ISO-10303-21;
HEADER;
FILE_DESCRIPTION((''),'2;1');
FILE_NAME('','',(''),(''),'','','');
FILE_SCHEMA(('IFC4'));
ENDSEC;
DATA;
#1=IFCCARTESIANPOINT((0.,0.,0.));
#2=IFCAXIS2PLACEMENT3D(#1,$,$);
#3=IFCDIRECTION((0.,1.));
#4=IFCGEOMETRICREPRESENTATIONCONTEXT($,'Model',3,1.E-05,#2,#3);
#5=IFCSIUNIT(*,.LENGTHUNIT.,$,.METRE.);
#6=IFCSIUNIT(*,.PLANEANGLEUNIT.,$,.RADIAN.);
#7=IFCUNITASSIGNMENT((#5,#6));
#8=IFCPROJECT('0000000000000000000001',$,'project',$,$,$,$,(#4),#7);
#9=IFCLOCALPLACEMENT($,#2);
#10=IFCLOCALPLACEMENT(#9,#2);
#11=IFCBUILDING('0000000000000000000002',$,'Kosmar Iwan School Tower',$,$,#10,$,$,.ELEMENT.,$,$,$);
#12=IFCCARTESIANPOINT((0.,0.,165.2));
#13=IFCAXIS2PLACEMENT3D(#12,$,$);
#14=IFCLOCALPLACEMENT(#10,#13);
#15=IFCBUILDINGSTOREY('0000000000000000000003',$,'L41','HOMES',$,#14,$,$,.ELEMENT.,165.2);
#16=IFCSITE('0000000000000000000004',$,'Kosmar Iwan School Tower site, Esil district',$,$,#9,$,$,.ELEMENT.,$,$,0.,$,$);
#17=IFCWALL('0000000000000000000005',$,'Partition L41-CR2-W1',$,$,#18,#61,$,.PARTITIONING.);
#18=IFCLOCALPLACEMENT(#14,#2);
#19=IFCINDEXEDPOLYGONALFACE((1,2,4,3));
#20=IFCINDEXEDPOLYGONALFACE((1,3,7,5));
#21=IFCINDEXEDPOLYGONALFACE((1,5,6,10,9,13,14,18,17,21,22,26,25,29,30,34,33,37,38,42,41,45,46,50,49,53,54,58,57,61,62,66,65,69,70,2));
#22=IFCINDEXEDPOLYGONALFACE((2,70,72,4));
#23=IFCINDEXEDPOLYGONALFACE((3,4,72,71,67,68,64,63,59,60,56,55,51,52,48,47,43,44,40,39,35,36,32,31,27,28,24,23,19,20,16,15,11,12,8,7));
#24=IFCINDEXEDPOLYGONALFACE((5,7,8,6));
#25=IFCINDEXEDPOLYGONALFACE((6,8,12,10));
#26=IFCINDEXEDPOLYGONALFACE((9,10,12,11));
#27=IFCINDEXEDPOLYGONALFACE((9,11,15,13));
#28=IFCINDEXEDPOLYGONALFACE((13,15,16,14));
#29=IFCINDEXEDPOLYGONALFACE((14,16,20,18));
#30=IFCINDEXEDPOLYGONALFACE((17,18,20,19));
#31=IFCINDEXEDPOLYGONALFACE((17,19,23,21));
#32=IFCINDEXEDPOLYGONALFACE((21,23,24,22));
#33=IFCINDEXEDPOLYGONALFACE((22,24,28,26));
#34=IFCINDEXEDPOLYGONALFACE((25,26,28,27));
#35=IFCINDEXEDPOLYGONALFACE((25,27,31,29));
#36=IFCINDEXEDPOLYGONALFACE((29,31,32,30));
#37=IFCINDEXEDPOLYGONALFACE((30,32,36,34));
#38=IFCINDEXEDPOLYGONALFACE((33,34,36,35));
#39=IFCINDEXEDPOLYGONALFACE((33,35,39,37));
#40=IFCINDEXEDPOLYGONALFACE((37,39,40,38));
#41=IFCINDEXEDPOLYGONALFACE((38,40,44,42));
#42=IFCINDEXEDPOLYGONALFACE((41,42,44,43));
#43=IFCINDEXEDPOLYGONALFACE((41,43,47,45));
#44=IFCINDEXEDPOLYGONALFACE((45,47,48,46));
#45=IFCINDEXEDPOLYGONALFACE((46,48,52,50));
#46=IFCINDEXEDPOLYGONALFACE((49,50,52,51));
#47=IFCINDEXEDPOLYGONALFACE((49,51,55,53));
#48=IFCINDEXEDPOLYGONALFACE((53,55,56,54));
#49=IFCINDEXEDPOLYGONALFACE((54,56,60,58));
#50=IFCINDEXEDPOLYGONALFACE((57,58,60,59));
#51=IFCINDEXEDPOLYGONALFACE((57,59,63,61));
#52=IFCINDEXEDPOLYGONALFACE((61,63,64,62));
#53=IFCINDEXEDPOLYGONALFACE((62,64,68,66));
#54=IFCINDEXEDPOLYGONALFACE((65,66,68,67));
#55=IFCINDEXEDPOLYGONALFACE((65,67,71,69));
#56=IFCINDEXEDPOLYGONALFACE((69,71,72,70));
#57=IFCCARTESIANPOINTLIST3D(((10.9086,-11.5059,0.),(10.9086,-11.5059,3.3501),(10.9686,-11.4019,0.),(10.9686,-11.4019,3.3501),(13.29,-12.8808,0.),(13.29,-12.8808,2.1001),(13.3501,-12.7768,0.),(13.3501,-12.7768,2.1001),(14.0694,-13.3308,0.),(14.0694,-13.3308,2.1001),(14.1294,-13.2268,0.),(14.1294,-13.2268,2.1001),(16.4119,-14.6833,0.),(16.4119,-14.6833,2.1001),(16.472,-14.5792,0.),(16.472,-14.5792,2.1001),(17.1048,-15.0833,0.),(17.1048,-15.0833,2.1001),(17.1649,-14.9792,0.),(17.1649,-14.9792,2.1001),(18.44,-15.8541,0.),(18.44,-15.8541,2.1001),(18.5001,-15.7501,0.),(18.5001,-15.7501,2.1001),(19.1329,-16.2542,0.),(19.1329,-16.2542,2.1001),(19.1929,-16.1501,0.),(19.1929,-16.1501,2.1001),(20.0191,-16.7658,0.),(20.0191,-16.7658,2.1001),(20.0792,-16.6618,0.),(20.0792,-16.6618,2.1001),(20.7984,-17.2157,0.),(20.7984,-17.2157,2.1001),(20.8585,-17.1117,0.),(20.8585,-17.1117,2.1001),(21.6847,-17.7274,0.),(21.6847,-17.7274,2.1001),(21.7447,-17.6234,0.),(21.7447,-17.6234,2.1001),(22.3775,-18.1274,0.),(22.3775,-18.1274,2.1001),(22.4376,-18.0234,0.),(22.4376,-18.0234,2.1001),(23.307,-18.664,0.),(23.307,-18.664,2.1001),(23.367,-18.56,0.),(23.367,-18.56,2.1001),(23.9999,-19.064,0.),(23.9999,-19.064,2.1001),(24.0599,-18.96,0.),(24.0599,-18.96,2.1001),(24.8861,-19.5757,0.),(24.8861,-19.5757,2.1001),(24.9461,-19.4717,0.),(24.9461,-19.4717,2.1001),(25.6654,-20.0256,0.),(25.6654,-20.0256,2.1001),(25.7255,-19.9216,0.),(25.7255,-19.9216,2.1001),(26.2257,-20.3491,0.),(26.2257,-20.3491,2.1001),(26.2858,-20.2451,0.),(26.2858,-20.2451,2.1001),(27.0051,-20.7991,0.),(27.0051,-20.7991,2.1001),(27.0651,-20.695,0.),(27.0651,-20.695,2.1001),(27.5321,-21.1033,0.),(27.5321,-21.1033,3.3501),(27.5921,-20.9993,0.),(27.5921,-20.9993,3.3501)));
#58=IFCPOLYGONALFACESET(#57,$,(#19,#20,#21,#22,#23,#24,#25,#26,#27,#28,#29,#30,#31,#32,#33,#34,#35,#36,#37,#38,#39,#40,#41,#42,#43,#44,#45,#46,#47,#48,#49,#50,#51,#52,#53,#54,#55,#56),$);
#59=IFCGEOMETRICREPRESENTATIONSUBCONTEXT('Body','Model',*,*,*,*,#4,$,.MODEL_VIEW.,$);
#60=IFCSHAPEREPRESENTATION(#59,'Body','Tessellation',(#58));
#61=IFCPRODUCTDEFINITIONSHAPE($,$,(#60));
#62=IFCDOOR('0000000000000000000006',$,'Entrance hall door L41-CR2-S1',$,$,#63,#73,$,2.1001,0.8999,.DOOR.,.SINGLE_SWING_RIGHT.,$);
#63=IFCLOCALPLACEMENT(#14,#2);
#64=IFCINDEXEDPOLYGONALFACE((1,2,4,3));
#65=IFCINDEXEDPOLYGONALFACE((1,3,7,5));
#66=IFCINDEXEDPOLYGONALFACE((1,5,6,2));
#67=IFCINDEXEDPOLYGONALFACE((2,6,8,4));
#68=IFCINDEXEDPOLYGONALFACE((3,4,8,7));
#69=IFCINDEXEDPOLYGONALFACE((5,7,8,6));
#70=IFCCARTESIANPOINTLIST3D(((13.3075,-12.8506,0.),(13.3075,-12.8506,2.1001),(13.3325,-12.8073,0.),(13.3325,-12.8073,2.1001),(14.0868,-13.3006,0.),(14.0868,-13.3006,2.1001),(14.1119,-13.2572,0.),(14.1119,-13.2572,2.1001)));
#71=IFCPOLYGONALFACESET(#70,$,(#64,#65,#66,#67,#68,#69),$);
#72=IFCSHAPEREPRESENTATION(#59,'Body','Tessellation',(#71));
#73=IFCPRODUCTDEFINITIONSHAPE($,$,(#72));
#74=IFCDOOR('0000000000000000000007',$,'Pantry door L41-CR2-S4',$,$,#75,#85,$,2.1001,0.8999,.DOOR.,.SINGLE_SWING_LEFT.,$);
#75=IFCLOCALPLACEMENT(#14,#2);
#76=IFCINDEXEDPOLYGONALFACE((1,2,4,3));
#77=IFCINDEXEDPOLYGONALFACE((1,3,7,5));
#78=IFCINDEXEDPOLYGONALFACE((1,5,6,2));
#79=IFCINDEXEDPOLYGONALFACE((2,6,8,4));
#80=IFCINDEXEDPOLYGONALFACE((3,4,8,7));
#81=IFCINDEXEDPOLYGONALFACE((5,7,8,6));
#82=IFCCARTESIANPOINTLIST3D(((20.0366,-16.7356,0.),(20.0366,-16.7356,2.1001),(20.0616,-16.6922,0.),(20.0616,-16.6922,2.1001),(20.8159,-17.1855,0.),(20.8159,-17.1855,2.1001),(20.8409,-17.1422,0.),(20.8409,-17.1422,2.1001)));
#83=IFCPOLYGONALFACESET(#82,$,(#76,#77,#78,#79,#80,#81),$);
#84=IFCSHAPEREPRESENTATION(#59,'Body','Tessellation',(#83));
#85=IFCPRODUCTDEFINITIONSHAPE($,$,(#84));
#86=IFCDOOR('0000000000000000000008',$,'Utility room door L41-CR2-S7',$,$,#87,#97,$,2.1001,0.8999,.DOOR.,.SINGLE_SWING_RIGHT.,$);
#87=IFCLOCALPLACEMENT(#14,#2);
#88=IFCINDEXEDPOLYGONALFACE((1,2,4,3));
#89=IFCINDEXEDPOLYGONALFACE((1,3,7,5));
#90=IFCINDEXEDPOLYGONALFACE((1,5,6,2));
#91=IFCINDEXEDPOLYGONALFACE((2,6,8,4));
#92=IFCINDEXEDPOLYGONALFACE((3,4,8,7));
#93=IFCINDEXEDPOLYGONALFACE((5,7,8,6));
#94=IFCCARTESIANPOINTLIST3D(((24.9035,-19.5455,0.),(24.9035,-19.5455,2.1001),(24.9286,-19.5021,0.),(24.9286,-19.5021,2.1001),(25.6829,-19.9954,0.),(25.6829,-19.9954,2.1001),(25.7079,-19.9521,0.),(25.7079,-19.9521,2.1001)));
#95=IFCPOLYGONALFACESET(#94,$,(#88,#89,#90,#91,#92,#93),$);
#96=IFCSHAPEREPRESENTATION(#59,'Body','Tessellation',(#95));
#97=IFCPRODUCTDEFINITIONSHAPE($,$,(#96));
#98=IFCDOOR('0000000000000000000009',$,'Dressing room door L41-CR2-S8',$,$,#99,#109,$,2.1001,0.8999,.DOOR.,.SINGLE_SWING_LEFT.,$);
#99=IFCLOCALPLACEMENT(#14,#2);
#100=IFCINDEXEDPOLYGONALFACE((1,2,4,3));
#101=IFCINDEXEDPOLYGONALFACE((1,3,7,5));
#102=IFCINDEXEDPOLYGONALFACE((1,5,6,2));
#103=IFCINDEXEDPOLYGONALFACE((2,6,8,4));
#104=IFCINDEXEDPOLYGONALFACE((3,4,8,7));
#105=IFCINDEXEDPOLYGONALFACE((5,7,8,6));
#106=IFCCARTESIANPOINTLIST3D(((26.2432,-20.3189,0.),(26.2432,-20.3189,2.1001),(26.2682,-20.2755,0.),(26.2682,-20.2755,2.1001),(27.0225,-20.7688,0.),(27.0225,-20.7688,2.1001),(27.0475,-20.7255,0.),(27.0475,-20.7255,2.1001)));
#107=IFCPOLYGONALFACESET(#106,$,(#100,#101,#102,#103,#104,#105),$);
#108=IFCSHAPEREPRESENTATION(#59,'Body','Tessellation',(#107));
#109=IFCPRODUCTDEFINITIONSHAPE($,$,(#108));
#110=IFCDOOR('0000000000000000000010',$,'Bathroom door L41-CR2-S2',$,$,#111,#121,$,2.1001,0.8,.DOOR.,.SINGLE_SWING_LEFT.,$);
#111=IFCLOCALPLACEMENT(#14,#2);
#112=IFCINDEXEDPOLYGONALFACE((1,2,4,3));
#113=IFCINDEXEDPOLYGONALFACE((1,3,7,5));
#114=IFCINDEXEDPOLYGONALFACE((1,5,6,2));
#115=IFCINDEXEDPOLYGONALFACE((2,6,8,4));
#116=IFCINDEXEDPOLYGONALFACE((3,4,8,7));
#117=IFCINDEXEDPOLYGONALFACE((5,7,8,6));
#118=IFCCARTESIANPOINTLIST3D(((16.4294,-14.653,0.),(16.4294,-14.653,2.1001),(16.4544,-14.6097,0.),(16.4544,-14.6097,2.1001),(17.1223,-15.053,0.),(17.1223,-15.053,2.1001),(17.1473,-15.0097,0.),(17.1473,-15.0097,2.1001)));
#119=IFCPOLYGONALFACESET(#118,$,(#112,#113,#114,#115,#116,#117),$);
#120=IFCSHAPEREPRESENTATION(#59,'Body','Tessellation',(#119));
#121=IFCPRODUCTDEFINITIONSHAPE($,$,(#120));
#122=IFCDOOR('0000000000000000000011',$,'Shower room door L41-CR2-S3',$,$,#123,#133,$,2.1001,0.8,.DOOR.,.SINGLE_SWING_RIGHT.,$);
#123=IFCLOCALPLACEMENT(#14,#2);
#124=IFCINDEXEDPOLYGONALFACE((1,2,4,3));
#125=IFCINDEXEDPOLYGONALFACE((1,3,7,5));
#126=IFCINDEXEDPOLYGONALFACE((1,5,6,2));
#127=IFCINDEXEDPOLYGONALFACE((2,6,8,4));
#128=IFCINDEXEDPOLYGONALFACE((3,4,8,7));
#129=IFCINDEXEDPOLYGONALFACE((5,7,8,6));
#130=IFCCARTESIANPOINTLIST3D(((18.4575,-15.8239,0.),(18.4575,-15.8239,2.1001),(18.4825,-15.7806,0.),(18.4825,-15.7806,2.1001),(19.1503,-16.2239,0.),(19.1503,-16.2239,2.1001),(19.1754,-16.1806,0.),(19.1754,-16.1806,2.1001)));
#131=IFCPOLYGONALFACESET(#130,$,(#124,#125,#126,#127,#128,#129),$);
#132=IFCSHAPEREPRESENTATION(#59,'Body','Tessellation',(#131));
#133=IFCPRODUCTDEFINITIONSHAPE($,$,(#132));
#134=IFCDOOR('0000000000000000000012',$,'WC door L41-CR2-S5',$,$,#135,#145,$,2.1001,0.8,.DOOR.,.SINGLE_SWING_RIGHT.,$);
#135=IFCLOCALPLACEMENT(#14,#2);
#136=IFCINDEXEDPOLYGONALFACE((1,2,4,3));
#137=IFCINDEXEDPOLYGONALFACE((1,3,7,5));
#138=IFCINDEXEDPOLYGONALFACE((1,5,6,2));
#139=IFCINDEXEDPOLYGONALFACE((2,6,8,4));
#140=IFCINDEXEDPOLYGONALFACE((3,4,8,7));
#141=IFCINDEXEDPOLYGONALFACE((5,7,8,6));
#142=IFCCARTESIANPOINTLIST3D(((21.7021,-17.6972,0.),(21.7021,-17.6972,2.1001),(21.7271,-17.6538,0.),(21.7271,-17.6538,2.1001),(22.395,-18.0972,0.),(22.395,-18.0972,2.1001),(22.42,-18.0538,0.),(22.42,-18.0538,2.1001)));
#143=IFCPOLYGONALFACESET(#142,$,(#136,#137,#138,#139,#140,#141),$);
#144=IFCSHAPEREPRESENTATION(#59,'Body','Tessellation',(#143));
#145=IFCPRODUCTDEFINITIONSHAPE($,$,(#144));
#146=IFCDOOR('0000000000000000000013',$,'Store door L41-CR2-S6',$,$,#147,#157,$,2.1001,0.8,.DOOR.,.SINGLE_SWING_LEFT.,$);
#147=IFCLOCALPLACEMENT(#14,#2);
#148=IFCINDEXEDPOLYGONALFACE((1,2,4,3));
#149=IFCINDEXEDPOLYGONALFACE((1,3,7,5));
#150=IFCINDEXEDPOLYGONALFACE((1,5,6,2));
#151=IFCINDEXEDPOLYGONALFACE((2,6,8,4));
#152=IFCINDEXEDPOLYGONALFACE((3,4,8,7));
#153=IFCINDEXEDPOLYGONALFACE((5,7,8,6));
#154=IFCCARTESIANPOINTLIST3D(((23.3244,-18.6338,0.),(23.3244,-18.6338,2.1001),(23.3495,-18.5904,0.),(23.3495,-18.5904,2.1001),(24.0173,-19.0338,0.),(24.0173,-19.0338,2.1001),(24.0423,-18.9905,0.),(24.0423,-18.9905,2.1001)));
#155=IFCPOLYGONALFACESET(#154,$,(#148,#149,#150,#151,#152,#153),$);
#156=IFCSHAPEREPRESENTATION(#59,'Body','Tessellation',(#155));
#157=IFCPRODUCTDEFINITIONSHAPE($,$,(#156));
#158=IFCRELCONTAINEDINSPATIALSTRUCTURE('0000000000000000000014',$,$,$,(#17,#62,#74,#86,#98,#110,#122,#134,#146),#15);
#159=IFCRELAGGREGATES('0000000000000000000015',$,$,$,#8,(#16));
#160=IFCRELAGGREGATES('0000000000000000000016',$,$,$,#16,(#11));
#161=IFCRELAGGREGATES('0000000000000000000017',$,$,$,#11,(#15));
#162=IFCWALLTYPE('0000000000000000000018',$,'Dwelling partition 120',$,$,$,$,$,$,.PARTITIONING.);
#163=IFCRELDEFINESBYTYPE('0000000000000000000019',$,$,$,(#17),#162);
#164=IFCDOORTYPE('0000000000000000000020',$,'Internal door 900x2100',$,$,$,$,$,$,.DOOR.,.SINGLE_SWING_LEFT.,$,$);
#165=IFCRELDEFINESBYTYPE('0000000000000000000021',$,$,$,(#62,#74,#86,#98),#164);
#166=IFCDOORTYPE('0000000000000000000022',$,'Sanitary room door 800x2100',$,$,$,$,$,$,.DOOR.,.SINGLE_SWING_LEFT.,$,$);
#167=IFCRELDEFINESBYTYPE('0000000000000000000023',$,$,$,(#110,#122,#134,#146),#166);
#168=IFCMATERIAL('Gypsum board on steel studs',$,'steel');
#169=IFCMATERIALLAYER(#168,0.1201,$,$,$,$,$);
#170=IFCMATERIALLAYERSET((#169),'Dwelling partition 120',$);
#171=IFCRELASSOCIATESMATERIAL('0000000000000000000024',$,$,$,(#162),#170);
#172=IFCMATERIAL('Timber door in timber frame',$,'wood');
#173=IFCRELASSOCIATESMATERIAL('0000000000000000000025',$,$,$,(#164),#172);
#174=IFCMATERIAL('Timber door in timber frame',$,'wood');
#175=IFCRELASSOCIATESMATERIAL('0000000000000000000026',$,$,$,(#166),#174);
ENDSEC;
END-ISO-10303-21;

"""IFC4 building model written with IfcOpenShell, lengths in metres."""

from ifc_helpers import new_model, si_unit, direction, frame, frame_2d, origin, place, context, subcontext, project, spatial, rectangle, extrude, material, layer, layer_set, type_object, element, fill, save


model = new_model("IFC4")

# Units and contexts
model_context = context("Model", 3, precision=1e-05, world=origin(), true_north=direction((0.0, 1.0)))
body_context = subcontext(model_context, "Body", "Model", "MODEL_VIEW")
ifc_project = project(units=[si_unit("LENGTHUNIT", "METRE"), si_unit("PLANEANGLEUNIT", "RADIAN")], contexts=[model_context])

# Site, building, storey
site_placement = place(None, origin())
site = spatial("IfcSite", under=ifc_project, at=site_placement, Name="Kosmar Iwan School Tower site, Esil district", CompositionType="ELEMENT", RefElevation=0.0)
building_placement = place(site_placement, origin())
building = spatial("IfcBuilding", under=site, at=building_placement, Name="Kosmar Iwan School Tower", CompositionType="ELEMENT")
storey_placement = place(building_placement, frame((0.0, 0.0, 165.2)))
storey = spatial("IfcBuildingStorey", under=building, at=storey_placement, Name="L41", Description="HOMES", CompositionType="ELEMENT", Elevation=165.2)

# Shared definitions
ifc_material_1 = material(Name="Gypsum board on steel studs", Category="steel")
ifc_layer_1 = layer(ifc_material_1, 0.1201)
ifc_layer_set_1 = layer_set([ifc_layer_1], Name="Dwelling partition 120")
wall_type_1 = type_object("IfcWallType", Name="Dwelling partition 120", PredefinedType="PARTITIONING", material=ifc_layer_set_1)

# Wall, openings, doors
wall_1_placement = place(storey_placement, frame((10.9385, -11.4539, 0.0), z_axis=(0.0, 0.0, 1.0), x_axis=(0.86603, -0.499993, 0.0)))
wall_1 = element("IfcWall", 1, at=wall_1_placement, inside=storey, type_object=wall_type_1, Name="Partition L41-CR2-W1", PredefinedType="PARTITIONING", context=body_context, shape_type="SweptSolid", body=[
    extrude(rectangle(XDim=19.1951, YDim=0.1201, at=frame_2d((9.5977, 0.0))), origin(), (0.0, 0.0, 1.0), 3.3501),
])
opening_1_placement = place(wall_1_placement, frame((2.75, 0.0, 0.0)))
opening_1 = element("IfcOpeningElement", 2, at=opening_1_placement, cuts=wall_1, PredefinedType="OPENING", context=body_context, shape_type="SweptSolid", body=[
    extrude(rectangle(XDim=0.8999, YDim=2.1001, at=frame_2d((0.45, 1.05))), frame((0.0, 0.072, 0.0), z_axis=(0.0, -1.0, 0.0), x_axis=(1.0, 0.0, 0.0)), (0.0, 0.0, 1.0), 0.144),
])
opening_2_placement = place(wall_1_placement, frame((6.355, 0.0, 0.0)))
opening_2 = element("IfcOpeningElement", 3, at=opening_2_placement, cuts=wall_1, PredefinedType="OPENING", context=body_context, shape_type="SweptSolid", body=[
    extrude(rectangle(XDim=0.8, YDim=2.1001, at=frame_2d((0.3999, 1.05))), frame((0.0, 0.072, 0.0), z_axis=(0.0, -1.0, 0.0), x_axis=(1.0, 0.0, 0.0)), (0.0, 0.0, 1.0), 0.144),
])
opening_3_placement = place(wall_1_placement, frame((8.6968, 0.0, 0.0)))
opening_3 = element("IfcOpeningElement", 4, at=opening_3_placement, cuts=wall_1, PredefinedType="OPENING", context=body_context, shape_type="SweptSolid", body=[
    extrude(rectangle(XDim=0.8, YDim=2.1001, at=frame_2d((0.3999, 1.05))), frame((0.0, 0.072, 0.0), z_axis=(0.0, -1.0, 0.0), x_axis=(1.0, 0.0, 0.0)), (0.0, 0.0, 1.0), 0.144),
])
opening_4_placement = place(wall_1_placement, frame((10.52, 0.0, 0.0)))
opening_4 = element("IfcOpeningElement", 5, at=opening_4_placement, cuts=wall_1, PredefinedType="OPENING", context=body_context, shape_type="SweptSolid", body=[
    extrude(rectangle(XDim=0.8999, YDim=2.1001, at=frame_2d((0.45, 1.05))), frame((0.0, 0.072, 0.0), z_axis=(0.0, -1.0, 0.0), x_axis=(1.0, 0.0, 0.0)), (0.0, 0.0, 1.0), 0.144),
])
opening_5_placement = place(wall_1_placement, frame((12.4434, 0.0, 0.0)))
opening_5 = element("IfcOpeningElement", 6, at=opening_5_placement, cuts=wall_1, PredefinedType="OPENING", context=body_context, shape_type="SweptSolid", body=[
    extrude(rectangle(XDim=0.8, YDim=2.1001, at=frame_2d((0.3999, 1.05))), frame((0.0, 0.072, 0.0), z_axis=(0.0, -1.0, 0.0), x_axis=(1.0, 0.0, 0.0)), (0.0, 0.0, 1.0), 0.144),
])
opening_6_placement = place(wall_1_placement, frame((14.3167, 0.0, 0.0)))
opening_6 = element("IfcOpeningElement", 7, at=opening_6_placement, cuts=wall_1, PredefinedType="OPENING", context=body_context, shape_type="SweptSolid", body=[
    extrude(rectangle(XDim=0.8, YDim=2.1001, at=frame_2d((0.3999, 1.05))), frame((0.0, 0.072, 0.0), z_axis=(0.0, -1.0, 0.0), x_axis=(1.0, 0.0, 0.0)), (0.0, 0.0, 1.0), 0.144),
])
opening_7_placement = place(wall_1_placement, frame((16.1399, 0.0, 0.0)))
opening_7 = element("IfcOpeningElement", 8, at=opening_7_placement, cuts=wall_1, PredefinedType="OPENING", context=body_context, shape_type="SweptSolid", body=[
    extrude(rectangle(XDim=0.8999, YDim=2.1001, at=frame_2d((0.45, 1.05))), frame((0.0, 0.072, 0.0), z_axis=(0.0, -1.0, 0.0), x_axis=(1.0, 0.0, 0.0)), (0.0, 0.0, 1.0), 0.144),
])
opening_8_placement = place(wall_1_placement, frame((17.6868, 0.0, 0.0)))
opening_8 = element("IfcOpeningElement", 9, at=opening_8_placement, cuts=wall_1, PredefinedType="OPENING", context=body_context, shape_type="SweptSolid", body=[
    extrude(rectangle(XDim=0.8999, YDim=2.1001, at=frame_2d((0.45, 1.05))), frame((0.0, 0.072, 0.0), z_axis=(0.0, -1.0, 0.0), x_axis=(1.0, 0.0, 0.0)), (0.0, 0.0, 1.0), 0.144),
])
ifc_material_2 = material(Name="Timber door in timber frame", Category="wood")
door_type_1 = type_object("IfcDoorType", Name="Internal door 900x2100", OperationType="SINGLE_SWING_LEFT", PredefinedType="DOOR", material=ifc_material_2)
door_1_placement = place(opening_1_placement, origin())
door_1 = element("IfcDoor", 10, at=door_1_placement, inside=storey, type_object=door_type_1, Name="Entrance hall door L41-CR2-S1", OperationType="SINGLE_SWING_RIGHT", OverallHeight=2.1001, OverallWidth=0.8999, PredefinedType="DOOR", context=body_context, shape_type="SweptSolid", body=[
    extrude(rectangle(XDim=0.8999, YDim=2.1001, at=frame_2d((0.45, 1.05))), frame((0.0, 0.0249, 0.0), z_axis=(0.0, -1.0, 0.0), x_axis=(1.0, 0.0, 0.0)), (0.0, 0.0, 1.0), 0.05),
])
fill(opening_1, door_1)
door_2_placement = place(opening_4_placement, origin())
door_2 = element("IfcDoor", 11, at=door_2_placement, inside=storey, type_object=door_type_1, Name="Pantry door L41-CR2-S4", OperationType="SINGLE_SWING_LEFT", OverallHeight=2.1001, OverallWidth=0.8999, PredefinedType="DOOR", context=body_context, shape_type="SweptSolid", body=[
    extrude(rectangle(XDim=0.8999, YDim=2.1001, at=frame_2d((0.45, 1.05))), frame((0.0, 0.0249, 0.0), z_axis=(0.0, -1.0, 0.0), x_axis=(1.0, 0.0, 0.0)), (0.0, 0.0, 1.0), 0.05),
])
fill(opening_4, door_2)
door_3_placement = place(opening_7_placement, origin())
door_3 = element("IfcDoor", 12, at=door_3_placement, inside=storey, type_object=door_type_1, Name="Utility room door L41-CR2-S7", OperationType="SINGLE_SWING_RIGHT", OverallHeight=2.1001, OverallWidth=0.8999, PredefinedType="DOOR", context=body_context, shape_type="SweptSolid", body=[
    extrude(rectangle(XDim=0.8999, YDim=2.1001, at=frame_2d((0.45, 1.05))), frame((0.0, 0.0249, 0.0), z_axis=(0.0, -1.0, 0.0), x_axis=(1.0, 0.0, 0.0)), (0.0, 0.0, 1.0), 0.05),
])
fill(opening_7, door_3)
door_4_placement = place(opening_8_placement, origin())
door_4 = element("IfcDoor", 13, at=door_4_placement, inside=storey, type_object=door_type_1, Name="Dressing room door L41-CR2-S8", OperationType="SINGLE_SWING_LEFT", OverallHeight=2.1001, OverallWidth=0.8999, PredefinedType="DOOR", context=body_context, shape_type="SweptSolid", body=[
    extrude(rectangle(XDim=0.8999, YDim=2.1001, at=frame_2d((0.45, 1.05))), frame((0.0, 0.0249, 0.0), z_axis=(0.0, -1.0, 0.0), x_axis=(1.0, 0.0, 0.0)), (0.0, 0.0, 1.0), 0.05),
])
fill(opening_8, door_4)
ifc_material_3 = material(Name="Timber door in timber frame", Category="wood")
door_type_2 = type_object("IfcDoorType", Name="Sanitary room door 800x2100", OperationType="SINGLE_SWING_LEFT", PredefinedType="DOOR", material=ifc_material_3)
door_5_placement = place(opening_2_placement, origin())
door_5 = element("IfcDoor", 14, at=door_5_placement, inside=storey, type_object=door_type_2, Name="Bathroom door L41-CR2-S2", OperationType="SINGLE_SWING_LEFT", OverallHeight=2.1001, OverallWidth=0.8, PredefinedType="DOOR", context=body_context, shape_type="SweptSolid", body=[
    extrude(rectangle(XDim=0.8, YDim=2.1001, at=frame_2d((0.3999, 1.05))), frame((0.0, 0.0249, 0.0), z_axis=(0.0, -1.0, 0.0), x_axis=(1.0, 0.0, 0.0)), (0.0, 0.0, 1.0), 0.05),
])
fill(opening_2, door_5)
door_6_placement = place(opening_3_placement, origin())
door_6 = element("IfcDoor", 15, at=door_6_placement, inside=storey, type_object=door_type_2, Name="Shower room door L41-CR2-S3", OperationType="SINGLE_SWING_RIGHT", OverallHeight=2.1001, OverallWidth=0.8, PredefinedType="DOOR", context=body_context, shape_type="SweptSolid", body=[
    extrude(rectangle(XDim=0.8, YDim=2.1001, at=frame_2d((0.3999, 1.05))), frame((0.0, 0.0249, 0.0), z_axis=(0.0, -1.0, 0.0), x_axis=(1.0, 0.0, 0.0)), (0.0, 0.0, 1.0), 0.05),
])
fill(opening_3, door_6)
door_7_placement = place(opening_5_placement, origin())
door_7 = element("IfcDoor", 16, at=door_7_placement, inside=storey, type_object=door_type_2, Name="WC door L41-CR2-S5", OperationType="SINGLE_SWING_RIGHT", OverallHeight=2.1001, OverallWidth=0.8, PredefinedType="DOOR", context=body_context, shape_type="SweptSolid", body=[
    extrude(rectangle(XDim=0.8, YDim=2.1001, at=frame_2d((0.3999, 1.05))), frame((0.0, 0.0249, 0.0), z_axis=(0.0, -1.0, 0.0), x_axis=(1.0, 0.0, 0.0)), (0.0, 0.0, 1.0), 0.05),
])
fill(opening_5, door_7)
door_8_placement = place(opening_6_placement, origin())
door_8 = element("IfcDoor", 17, at=door_8_placement, inside=storey, type_object=door_type_2, Name="Store door L41-CR2-S6", OperationType="SINGLE_SWING_LEFT", OverallHeight=2.1001, OverallWidth=0.8, PredefinedType="DOOR", context=body_context, shape_type="SweptSolid", body=[
    extrude(rectangle(XDim=0.8, YDim=2.1001, at=frame_2d((0.3999, 1.05))), frame((0.0, 0.0249, 0.0), z_axis=(0.0, -1.0, 0.0), x_axis=(1.0, 0.0, 0.0)), (0.0, 0.0, 1.0), 0.05),
])
fill(opening_6, door_8)

save(model, "model.ifc")
